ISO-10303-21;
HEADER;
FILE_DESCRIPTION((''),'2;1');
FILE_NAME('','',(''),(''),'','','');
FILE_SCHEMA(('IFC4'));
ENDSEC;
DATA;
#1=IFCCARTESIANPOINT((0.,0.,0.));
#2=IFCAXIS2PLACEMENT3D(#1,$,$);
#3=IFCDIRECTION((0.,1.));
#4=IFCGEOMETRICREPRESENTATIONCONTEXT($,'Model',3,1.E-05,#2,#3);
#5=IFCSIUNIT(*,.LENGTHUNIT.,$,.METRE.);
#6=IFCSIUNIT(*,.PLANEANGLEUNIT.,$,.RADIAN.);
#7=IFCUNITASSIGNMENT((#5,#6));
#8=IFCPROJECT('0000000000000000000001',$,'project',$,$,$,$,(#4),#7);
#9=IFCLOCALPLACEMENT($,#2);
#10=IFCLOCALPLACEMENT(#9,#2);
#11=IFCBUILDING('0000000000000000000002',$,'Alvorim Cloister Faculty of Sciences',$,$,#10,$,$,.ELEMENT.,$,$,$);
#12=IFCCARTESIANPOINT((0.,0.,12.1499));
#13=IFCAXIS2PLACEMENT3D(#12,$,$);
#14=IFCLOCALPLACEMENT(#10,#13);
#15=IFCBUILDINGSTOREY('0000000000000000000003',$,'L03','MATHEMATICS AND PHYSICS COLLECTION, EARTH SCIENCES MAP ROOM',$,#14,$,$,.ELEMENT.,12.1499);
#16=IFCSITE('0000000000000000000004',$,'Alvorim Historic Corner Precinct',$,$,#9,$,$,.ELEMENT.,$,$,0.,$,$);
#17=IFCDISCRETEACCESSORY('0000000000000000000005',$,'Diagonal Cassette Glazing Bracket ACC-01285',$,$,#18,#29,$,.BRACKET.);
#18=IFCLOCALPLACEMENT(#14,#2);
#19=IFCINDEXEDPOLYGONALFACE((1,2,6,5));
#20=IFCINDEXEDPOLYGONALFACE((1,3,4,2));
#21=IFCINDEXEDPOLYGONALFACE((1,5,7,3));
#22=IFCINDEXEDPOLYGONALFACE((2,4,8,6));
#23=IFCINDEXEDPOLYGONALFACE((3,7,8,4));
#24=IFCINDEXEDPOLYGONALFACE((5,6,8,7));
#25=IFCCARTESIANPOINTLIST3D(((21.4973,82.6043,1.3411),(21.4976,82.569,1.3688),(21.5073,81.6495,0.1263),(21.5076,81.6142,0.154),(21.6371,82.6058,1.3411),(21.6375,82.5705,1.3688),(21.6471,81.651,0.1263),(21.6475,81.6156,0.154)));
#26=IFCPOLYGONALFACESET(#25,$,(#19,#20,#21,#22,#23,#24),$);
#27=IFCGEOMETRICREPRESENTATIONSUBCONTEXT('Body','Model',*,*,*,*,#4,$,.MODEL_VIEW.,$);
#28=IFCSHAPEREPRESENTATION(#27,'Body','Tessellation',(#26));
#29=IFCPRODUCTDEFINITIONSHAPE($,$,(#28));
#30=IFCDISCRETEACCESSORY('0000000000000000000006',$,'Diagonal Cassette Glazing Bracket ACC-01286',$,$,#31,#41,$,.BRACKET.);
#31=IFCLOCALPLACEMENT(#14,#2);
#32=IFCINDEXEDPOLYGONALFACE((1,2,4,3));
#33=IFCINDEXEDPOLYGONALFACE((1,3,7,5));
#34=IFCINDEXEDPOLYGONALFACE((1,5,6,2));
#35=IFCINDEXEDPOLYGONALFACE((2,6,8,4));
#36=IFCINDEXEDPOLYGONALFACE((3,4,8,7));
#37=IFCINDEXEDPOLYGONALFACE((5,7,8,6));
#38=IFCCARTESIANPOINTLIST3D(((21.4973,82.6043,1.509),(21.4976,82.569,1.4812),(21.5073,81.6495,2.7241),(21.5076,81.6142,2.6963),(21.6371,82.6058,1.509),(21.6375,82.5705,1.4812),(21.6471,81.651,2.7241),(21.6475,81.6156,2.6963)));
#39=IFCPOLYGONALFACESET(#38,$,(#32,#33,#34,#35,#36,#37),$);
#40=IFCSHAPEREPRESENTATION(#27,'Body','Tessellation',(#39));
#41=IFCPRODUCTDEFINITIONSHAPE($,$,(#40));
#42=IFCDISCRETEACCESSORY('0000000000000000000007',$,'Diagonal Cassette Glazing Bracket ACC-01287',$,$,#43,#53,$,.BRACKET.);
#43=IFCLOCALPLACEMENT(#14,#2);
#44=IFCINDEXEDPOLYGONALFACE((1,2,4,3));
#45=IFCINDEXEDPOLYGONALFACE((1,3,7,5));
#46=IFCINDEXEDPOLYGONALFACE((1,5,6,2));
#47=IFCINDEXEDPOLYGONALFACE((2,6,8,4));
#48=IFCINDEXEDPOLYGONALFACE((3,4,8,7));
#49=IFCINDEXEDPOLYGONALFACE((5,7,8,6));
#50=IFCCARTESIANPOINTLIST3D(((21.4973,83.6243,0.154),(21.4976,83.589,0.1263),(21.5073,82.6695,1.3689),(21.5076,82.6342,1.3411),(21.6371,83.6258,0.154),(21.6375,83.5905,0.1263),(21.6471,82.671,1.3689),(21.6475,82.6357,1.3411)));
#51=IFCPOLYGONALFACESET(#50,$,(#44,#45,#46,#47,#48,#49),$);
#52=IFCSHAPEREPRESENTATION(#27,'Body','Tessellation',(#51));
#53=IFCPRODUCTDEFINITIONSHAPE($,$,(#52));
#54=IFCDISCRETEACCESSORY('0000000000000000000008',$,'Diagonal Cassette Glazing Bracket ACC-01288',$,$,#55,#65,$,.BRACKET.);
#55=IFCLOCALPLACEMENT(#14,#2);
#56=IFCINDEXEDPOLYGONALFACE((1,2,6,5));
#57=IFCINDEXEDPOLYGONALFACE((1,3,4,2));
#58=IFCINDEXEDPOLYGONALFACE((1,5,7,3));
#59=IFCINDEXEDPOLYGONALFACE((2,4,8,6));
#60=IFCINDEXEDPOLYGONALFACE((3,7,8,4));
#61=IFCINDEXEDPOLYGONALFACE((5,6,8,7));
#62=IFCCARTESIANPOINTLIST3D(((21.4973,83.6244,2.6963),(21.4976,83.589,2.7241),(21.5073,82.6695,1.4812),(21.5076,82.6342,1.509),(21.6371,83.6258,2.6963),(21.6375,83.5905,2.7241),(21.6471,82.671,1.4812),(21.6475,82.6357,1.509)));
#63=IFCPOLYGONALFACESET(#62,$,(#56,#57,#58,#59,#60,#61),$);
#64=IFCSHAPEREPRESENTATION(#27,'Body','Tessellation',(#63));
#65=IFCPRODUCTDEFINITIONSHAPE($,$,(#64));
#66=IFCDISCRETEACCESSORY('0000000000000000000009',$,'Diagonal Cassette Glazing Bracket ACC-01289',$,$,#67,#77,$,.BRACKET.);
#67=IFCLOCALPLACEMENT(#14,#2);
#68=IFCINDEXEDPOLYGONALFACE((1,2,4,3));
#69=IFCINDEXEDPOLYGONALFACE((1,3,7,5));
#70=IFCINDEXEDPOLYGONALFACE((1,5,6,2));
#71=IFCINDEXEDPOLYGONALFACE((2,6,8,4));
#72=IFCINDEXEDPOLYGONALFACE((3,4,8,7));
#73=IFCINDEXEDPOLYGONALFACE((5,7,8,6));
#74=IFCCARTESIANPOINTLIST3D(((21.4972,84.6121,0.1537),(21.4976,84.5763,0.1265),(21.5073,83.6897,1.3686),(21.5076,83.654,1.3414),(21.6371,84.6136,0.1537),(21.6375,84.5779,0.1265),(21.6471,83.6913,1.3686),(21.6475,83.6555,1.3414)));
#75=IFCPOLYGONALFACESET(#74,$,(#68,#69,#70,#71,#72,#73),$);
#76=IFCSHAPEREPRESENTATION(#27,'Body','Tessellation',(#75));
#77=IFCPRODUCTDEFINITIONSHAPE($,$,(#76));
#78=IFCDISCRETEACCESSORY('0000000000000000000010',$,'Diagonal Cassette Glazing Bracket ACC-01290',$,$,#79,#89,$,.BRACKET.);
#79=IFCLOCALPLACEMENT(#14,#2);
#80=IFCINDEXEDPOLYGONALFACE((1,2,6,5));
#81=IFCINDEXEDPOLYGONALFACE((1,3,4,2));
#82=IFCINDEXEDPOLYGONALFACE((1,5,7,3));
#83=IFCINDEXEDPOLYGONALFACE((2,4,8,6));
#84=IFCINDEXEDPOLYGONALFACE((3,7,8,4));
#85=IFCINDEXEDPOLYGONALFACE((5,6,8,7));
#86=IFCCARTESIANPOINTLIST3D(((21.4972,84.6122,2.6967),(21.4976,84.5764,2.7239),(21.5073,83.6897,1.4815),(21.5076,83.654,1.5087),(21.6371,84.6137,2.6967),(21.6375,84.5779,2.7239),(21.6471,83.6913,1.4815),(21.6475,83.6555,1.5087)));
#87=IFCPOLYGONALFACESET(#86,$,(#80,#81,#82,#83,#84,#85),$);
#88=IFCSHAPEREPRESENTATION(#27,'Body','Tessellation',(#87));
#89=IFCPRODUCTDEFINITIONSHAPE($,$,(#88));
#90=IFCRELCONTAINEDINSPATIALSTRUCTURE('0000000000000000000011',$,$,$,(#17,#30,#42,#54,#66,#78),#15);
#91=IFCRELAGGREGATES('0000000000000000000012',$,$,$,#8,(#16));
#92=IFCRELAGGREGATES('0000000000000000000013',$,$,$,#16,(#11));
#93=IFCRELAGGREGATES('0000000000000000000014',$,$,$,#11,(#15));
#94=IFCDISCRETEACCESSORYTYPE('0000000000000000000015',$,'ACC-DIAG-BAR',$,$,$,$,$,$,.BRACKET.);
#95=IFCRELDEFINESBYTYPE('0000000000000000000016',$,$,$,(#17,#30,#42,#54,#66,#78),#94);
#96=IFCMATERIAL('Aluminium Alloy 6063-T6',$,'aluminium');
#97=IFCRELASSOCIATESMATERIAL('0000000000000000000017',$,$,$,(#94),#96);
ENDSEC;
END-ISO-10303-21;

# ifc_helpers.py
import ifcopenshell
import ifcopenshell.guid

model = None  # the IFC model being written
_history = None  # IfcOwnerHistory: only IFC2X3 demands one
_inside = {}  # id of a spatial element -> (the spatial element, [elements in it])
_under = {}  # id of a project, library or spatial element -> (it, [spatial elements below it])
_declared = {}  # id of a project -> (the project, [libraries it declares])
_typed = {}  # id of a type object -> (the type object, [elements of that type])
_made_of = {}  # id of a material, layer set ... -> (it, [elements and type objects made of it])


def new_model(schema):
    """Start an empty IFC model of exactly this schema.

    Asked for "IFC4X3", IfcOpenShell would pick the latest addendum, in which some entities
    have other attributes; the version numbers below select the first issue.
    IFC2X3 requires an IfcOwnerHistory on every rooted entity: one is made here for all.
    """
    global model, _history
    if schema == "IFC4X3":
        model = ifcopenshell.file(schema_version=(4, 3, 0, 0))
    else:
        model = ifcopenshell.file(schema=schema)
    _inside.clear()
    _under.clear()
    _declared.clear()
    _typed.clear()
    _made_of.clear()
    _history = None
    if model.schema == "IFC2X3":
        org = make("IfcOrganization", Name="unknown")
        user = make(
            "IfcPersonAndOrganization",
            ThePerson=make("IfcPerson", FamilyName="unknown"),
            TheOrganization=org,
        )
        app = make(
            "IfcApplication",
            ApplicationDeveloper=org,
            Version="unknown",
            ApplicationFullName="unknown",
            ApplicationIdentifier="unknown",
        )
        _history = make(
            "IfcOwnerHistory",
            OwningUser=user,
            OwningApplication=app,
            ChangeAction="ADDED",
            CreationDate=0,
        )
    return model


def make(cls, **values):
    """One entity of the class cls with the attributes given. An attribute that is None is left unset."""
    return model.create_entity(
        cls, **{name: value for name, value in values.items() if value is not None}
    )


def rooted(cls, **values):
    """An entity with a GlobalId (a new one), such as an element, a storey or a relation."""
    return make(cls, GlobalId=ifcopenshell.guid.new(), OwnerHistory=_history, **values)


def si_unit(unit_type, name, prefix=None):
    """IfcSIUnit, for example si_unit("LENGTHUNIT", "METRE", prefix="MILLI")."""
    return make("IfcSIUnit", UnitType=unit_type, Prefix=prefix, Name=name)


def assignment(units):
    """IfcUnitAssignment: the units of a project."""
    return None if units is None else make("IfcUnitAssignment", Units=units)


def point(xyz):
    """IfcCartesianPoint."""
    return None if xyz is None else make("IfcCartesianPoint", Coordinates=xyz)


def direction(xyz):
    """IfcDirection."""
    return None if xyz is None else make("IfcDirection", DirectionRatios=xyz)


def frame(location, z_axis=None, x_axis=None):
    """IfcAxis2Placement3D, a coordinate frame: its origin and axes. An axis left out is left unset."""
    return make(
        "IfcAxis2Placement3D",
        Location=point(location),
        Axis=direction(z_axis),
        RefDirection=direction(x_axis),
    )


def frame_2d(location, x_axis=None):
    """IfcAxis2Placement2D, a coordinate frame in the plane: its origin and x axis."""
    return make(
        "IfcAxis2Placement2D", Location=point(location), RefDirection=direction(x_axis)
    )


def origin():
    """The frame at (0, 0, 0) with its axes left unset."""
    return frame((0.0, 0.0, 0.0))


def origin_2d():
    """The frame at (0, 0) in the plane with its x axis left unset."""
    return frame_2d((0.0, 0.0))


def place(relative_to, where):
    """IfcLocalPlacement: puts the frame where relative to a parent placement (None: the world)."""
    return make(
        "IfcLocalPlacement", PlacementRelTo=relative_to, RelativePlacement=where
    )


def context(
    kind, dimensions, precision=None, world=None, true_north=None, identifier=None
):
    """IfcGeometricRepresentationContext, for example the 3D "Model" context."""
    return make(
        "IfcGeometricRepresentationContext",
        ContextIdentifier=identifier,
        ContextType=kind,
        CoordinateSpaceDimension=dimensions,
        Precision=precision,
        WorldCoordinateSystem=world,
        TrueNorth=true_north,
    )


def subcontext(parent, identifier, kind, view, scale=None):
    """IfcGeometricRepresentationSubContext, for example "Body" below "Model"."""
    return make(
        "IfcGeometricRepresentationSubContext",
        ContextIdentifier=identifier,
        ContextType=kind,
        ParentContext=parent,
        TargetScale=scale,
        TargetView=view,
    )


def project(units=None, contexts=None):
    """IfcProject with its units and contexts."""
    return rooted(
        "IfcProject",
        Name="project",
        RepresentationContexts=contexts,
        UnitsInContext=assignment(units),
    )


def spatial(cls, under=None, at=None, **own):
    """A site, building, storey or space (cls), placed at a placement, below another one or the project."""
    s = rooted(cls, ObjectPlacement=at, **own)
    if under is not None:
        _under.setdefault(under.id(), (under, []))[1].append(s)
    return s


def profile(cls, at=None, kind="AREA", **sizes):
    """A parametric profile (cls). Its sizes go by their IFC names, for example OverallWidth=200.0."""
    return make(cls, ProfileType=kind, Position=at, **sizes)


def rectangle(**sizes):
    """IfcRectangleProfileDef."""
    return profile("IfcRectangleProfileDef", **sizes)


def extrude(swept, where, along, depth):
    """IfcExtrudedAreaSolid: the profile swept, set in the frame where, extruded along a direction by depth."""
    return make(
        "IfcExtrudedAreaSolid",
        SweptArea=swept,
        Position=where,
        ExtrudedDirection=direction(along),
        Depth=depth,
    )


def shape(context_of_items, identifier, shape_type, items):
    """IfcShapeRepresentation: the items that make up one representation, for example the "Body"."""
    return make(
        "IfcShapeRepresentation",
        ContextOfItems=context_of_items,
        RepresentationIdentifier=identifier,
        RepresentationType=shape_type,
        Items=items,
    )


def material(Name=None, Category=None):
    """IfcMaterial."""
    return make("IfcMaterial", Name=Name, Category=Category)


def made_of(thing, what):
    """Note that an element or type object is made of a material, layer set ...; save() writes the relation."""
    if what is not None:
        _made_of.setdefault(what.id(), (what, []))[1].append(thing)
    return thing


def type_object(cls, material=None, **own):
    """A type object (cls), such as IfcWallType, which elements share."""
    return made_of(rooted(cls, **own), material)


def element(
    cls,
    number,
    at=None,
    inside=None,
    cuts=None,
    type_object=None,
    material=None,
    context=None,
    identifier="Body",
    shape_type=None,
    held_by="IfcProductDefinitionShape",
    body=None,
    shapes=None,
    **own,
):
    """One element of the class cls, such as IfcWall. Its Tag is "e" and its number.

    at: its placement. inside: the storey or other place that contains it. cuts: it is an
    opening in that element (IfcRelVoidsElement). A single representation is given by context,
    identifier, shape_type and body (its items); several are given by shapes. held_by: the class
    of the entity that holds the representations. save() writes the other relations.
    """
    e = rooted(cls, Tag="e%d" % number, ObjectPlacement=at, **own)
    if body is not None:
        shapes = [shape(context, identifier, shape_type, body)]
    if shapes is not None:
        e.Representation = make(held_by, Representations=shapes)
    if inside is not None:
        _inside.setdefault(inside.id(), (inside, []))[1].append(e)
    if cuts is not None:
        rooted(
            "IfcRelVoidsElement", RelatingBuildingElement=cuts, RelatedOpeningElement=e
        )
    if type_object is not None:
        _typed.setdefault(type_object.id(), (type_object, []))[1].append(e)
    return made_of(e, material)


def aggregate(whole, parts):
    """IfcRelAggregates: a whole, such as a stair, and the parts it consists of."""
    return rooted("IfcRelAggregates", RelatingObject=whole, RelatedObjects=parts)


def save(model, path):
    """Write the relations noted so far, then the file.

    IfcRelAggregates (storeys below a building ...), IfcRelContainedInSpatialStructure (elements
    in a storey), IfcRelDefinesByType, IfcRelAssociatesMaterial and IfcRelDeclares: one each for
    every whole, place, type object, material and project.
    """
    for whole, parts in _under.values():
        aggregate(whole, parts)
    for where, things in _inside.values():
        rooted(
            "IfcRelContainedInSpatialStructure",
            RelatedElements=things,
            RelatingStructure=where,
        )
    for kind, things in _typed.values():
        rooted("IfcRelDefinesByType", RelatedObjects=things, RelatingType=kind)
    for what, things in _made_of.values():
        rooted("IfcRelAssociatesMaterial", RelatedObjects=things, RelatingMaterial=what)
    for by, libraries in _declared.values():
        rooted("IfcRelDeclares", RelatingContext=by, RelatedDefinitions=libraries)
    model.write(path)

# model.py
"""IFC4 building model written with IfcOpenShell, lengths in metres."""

from ifc_helpers import new_model, si_unit, direction, frame, origin, origin_2d, place, context, subcontext, project, spatial, rectangle, extrude, material, type_object, element, save


model = new_model("IFC4")

# Units and contexts
model_context = context("Model", 3, precision=1e-05, world=origin(), true_north=direction((0.0, 1.0)))
body_context = subcontext(model_context, "Body", "Model", "MODEL_VIEW")
ifc_project = project(units=[si_unit("LENGTHUNIT", "METRE"), si_unit("PLANEANGLEUNIT", "RADIAN")], contexts=[model_context])

# Site, building, storey
site_placement = place(None, origin())
site = spatial("IfcSite", under=ifc_project, at=site_placement, Name="Alvorim Historic Corner Precinct", CompositionType="ELEMENT", RefElevation=0.0)
building_placement = place(site_placement, origin())
building = spatial("IfcBuilding", under=site, at=building_placement, Name="Alvorim Cloister Faculty of Sciences", CompositionType="ELEMENT")
storey_placement = place(building_placement, frame((0.0, 0.0, 12.1499)))
storey = spatial("IfcBuildingStorey", under=building, at=storey_placement, Name="L03", Description="MATHEMATICS AND PHYSICS COLLECTION, EARTH SCIENCES MAP ROOM", CompositionType="ELEMENT", Elevation=12.1499)

# Discrete accessories
ifc_material_1 = material(Name="Aluminium Alloy 6063-T6", Category="aluminium")
discrete_accessory_type = type_object("IfcDiscreteAccessoryType", Name="ACC-DIAG-BAR", PredefinedType="BRACKET", material=ifc_material_1)
discrete_accessory_1_placement = place(storey_placement, frame((21.5774, 81.6326, 0.1401), z_axis=(-0.006478, 0.617934, 0.786203), x_axis=(-0.999945, -0.010483, 0.0)))
element("IfcDiscreteAccessory", 1, at=discrete_accessory_1_placement, inside=storey, type_object=discrete_accessory_type, Name="Diagonal Cassette Glazing Bracket ACC-01285", PredefinedType="BRACKET", context=body_context, shape_type="SweptSolid", body=[
    extrude(rectangle(XDim=0.1399, YDim=0.0449, at=origin_2d()), origin(), (0.0, 0.0, 1.0), 1.5452),
])
discrete_accessory_2_placement = place(storey_placement, frame((21.5774, 81.6326, 2.7102), z_axis=(-0.006477, 0.617857, -0.786263), x_axis=(-0.999945, -0.010483, 0.0)))
element("IfcDiscreteAccessory", 2, at=discrete_accessory_2_placement, inside=storey, type_object=discrete_accessory_type, Name="Diagonal Cassette Glazing Bracket ACC-01286", PredefinedType="BRACKET", context=body_context, shape_type="SweptSolid", body=[
    extrude(rectangle(XDim=0.1399, YDim=0.0449, at=origin_2d()), origin(), (0.0, 0.0, 1.0), 1.5454),
])
discrete_accessory_3_placement = place(storey_placement, frame((21.5774, 82.6526, 1.355), z_axis=(-0.006478, 0.617934, -0.786203), x_axis=(-0.999945, -0.010483, 0.0)))
element("IfcDiscreteAccessory", 3, at=discrete_accessory_3_placement, inside=storey, type_object=discrete_accessory_type, Name="Diagonal Cassette Glazing Bracket ACC-01287", PredefinedType="BRACKET", context=body_context, shape_type="SweptSolid", body=[
    extrude(rectangle(XDim=0.1399, YDim=0.0449, at=origin_2d()), origin(), (0.0, 0.0, 1.0), 1.5452),
])
discrete_accessory_4_placement = place(storey_placement, frame((21.5774, 82.6526, 1.4951), z_axis=(-0.006477, 0.617857, 0.786263), x_axis=(-0.999945, -0.010483, 0.0)))
element("IfcDiscreteAccessory", 4, at=discrete_accessory_4_placement, inside=storey, type_object=discrete_accessory_type, Name="Diagonal Cassette Glazing Bracket ACC-01288", PredefinedType="BRACKET", context=body_context, shape_type="SweptSolid", body=[
    extrude(rectangle(XDim=0.1399, YDim=0.0449, at=origin_2d()), origin(), (0.0, 0.0, 1.0), 1.5454),
])
discrete_accessory_5_placement = place(storey_placement, frame((21.5774, 83.6726, 1.355), z_axis=(-0.006562, 0.604689, -0.796435), x_axis=(-0.999941, -0.010852, 0.0)))
element("IfcDiscreteAccessory", 5, at=discrete_accessory_5_placement, inside=storey, type_object=discrete_accessory_type, Name="Diagonal Cassette Glazing Bracket ACC-01289", PredefinedType="BRACKET", context=body_context, shape_type="SweptSolid", body=[
    extrude(rectangle(XDim=0.1399, YDim=0.0449, at=origin_2d()), origin(), (0.0, 0.0, 1.0), 1.5254),
])
discrete_accessory_6_placement = place(storey_placement, frame((21.5774, 83.6726, 1.4951), z_axis=(-0.006561, 0.604612, 0.796493), x_axis=(-0.999941, -0.010852, 0.0)))
element("IfcDiscreteAccessory", 6, at=discrete_accessory_6_placement, inside=storey, type_object=discrete_accessory_type, Name="Diagonal Cassette Glazing Bracket ACC-01290", PredefinedType="BRACKET", context=body_context, shape_type="SweptSolid", body=[
    extrude(rectangle(XDim=0.1399, YDim=0.0449, at=origin_2d()), origin(), (0.0, 0.0, 1.0), 1.5256),
])

save(model, "model.ifc")
